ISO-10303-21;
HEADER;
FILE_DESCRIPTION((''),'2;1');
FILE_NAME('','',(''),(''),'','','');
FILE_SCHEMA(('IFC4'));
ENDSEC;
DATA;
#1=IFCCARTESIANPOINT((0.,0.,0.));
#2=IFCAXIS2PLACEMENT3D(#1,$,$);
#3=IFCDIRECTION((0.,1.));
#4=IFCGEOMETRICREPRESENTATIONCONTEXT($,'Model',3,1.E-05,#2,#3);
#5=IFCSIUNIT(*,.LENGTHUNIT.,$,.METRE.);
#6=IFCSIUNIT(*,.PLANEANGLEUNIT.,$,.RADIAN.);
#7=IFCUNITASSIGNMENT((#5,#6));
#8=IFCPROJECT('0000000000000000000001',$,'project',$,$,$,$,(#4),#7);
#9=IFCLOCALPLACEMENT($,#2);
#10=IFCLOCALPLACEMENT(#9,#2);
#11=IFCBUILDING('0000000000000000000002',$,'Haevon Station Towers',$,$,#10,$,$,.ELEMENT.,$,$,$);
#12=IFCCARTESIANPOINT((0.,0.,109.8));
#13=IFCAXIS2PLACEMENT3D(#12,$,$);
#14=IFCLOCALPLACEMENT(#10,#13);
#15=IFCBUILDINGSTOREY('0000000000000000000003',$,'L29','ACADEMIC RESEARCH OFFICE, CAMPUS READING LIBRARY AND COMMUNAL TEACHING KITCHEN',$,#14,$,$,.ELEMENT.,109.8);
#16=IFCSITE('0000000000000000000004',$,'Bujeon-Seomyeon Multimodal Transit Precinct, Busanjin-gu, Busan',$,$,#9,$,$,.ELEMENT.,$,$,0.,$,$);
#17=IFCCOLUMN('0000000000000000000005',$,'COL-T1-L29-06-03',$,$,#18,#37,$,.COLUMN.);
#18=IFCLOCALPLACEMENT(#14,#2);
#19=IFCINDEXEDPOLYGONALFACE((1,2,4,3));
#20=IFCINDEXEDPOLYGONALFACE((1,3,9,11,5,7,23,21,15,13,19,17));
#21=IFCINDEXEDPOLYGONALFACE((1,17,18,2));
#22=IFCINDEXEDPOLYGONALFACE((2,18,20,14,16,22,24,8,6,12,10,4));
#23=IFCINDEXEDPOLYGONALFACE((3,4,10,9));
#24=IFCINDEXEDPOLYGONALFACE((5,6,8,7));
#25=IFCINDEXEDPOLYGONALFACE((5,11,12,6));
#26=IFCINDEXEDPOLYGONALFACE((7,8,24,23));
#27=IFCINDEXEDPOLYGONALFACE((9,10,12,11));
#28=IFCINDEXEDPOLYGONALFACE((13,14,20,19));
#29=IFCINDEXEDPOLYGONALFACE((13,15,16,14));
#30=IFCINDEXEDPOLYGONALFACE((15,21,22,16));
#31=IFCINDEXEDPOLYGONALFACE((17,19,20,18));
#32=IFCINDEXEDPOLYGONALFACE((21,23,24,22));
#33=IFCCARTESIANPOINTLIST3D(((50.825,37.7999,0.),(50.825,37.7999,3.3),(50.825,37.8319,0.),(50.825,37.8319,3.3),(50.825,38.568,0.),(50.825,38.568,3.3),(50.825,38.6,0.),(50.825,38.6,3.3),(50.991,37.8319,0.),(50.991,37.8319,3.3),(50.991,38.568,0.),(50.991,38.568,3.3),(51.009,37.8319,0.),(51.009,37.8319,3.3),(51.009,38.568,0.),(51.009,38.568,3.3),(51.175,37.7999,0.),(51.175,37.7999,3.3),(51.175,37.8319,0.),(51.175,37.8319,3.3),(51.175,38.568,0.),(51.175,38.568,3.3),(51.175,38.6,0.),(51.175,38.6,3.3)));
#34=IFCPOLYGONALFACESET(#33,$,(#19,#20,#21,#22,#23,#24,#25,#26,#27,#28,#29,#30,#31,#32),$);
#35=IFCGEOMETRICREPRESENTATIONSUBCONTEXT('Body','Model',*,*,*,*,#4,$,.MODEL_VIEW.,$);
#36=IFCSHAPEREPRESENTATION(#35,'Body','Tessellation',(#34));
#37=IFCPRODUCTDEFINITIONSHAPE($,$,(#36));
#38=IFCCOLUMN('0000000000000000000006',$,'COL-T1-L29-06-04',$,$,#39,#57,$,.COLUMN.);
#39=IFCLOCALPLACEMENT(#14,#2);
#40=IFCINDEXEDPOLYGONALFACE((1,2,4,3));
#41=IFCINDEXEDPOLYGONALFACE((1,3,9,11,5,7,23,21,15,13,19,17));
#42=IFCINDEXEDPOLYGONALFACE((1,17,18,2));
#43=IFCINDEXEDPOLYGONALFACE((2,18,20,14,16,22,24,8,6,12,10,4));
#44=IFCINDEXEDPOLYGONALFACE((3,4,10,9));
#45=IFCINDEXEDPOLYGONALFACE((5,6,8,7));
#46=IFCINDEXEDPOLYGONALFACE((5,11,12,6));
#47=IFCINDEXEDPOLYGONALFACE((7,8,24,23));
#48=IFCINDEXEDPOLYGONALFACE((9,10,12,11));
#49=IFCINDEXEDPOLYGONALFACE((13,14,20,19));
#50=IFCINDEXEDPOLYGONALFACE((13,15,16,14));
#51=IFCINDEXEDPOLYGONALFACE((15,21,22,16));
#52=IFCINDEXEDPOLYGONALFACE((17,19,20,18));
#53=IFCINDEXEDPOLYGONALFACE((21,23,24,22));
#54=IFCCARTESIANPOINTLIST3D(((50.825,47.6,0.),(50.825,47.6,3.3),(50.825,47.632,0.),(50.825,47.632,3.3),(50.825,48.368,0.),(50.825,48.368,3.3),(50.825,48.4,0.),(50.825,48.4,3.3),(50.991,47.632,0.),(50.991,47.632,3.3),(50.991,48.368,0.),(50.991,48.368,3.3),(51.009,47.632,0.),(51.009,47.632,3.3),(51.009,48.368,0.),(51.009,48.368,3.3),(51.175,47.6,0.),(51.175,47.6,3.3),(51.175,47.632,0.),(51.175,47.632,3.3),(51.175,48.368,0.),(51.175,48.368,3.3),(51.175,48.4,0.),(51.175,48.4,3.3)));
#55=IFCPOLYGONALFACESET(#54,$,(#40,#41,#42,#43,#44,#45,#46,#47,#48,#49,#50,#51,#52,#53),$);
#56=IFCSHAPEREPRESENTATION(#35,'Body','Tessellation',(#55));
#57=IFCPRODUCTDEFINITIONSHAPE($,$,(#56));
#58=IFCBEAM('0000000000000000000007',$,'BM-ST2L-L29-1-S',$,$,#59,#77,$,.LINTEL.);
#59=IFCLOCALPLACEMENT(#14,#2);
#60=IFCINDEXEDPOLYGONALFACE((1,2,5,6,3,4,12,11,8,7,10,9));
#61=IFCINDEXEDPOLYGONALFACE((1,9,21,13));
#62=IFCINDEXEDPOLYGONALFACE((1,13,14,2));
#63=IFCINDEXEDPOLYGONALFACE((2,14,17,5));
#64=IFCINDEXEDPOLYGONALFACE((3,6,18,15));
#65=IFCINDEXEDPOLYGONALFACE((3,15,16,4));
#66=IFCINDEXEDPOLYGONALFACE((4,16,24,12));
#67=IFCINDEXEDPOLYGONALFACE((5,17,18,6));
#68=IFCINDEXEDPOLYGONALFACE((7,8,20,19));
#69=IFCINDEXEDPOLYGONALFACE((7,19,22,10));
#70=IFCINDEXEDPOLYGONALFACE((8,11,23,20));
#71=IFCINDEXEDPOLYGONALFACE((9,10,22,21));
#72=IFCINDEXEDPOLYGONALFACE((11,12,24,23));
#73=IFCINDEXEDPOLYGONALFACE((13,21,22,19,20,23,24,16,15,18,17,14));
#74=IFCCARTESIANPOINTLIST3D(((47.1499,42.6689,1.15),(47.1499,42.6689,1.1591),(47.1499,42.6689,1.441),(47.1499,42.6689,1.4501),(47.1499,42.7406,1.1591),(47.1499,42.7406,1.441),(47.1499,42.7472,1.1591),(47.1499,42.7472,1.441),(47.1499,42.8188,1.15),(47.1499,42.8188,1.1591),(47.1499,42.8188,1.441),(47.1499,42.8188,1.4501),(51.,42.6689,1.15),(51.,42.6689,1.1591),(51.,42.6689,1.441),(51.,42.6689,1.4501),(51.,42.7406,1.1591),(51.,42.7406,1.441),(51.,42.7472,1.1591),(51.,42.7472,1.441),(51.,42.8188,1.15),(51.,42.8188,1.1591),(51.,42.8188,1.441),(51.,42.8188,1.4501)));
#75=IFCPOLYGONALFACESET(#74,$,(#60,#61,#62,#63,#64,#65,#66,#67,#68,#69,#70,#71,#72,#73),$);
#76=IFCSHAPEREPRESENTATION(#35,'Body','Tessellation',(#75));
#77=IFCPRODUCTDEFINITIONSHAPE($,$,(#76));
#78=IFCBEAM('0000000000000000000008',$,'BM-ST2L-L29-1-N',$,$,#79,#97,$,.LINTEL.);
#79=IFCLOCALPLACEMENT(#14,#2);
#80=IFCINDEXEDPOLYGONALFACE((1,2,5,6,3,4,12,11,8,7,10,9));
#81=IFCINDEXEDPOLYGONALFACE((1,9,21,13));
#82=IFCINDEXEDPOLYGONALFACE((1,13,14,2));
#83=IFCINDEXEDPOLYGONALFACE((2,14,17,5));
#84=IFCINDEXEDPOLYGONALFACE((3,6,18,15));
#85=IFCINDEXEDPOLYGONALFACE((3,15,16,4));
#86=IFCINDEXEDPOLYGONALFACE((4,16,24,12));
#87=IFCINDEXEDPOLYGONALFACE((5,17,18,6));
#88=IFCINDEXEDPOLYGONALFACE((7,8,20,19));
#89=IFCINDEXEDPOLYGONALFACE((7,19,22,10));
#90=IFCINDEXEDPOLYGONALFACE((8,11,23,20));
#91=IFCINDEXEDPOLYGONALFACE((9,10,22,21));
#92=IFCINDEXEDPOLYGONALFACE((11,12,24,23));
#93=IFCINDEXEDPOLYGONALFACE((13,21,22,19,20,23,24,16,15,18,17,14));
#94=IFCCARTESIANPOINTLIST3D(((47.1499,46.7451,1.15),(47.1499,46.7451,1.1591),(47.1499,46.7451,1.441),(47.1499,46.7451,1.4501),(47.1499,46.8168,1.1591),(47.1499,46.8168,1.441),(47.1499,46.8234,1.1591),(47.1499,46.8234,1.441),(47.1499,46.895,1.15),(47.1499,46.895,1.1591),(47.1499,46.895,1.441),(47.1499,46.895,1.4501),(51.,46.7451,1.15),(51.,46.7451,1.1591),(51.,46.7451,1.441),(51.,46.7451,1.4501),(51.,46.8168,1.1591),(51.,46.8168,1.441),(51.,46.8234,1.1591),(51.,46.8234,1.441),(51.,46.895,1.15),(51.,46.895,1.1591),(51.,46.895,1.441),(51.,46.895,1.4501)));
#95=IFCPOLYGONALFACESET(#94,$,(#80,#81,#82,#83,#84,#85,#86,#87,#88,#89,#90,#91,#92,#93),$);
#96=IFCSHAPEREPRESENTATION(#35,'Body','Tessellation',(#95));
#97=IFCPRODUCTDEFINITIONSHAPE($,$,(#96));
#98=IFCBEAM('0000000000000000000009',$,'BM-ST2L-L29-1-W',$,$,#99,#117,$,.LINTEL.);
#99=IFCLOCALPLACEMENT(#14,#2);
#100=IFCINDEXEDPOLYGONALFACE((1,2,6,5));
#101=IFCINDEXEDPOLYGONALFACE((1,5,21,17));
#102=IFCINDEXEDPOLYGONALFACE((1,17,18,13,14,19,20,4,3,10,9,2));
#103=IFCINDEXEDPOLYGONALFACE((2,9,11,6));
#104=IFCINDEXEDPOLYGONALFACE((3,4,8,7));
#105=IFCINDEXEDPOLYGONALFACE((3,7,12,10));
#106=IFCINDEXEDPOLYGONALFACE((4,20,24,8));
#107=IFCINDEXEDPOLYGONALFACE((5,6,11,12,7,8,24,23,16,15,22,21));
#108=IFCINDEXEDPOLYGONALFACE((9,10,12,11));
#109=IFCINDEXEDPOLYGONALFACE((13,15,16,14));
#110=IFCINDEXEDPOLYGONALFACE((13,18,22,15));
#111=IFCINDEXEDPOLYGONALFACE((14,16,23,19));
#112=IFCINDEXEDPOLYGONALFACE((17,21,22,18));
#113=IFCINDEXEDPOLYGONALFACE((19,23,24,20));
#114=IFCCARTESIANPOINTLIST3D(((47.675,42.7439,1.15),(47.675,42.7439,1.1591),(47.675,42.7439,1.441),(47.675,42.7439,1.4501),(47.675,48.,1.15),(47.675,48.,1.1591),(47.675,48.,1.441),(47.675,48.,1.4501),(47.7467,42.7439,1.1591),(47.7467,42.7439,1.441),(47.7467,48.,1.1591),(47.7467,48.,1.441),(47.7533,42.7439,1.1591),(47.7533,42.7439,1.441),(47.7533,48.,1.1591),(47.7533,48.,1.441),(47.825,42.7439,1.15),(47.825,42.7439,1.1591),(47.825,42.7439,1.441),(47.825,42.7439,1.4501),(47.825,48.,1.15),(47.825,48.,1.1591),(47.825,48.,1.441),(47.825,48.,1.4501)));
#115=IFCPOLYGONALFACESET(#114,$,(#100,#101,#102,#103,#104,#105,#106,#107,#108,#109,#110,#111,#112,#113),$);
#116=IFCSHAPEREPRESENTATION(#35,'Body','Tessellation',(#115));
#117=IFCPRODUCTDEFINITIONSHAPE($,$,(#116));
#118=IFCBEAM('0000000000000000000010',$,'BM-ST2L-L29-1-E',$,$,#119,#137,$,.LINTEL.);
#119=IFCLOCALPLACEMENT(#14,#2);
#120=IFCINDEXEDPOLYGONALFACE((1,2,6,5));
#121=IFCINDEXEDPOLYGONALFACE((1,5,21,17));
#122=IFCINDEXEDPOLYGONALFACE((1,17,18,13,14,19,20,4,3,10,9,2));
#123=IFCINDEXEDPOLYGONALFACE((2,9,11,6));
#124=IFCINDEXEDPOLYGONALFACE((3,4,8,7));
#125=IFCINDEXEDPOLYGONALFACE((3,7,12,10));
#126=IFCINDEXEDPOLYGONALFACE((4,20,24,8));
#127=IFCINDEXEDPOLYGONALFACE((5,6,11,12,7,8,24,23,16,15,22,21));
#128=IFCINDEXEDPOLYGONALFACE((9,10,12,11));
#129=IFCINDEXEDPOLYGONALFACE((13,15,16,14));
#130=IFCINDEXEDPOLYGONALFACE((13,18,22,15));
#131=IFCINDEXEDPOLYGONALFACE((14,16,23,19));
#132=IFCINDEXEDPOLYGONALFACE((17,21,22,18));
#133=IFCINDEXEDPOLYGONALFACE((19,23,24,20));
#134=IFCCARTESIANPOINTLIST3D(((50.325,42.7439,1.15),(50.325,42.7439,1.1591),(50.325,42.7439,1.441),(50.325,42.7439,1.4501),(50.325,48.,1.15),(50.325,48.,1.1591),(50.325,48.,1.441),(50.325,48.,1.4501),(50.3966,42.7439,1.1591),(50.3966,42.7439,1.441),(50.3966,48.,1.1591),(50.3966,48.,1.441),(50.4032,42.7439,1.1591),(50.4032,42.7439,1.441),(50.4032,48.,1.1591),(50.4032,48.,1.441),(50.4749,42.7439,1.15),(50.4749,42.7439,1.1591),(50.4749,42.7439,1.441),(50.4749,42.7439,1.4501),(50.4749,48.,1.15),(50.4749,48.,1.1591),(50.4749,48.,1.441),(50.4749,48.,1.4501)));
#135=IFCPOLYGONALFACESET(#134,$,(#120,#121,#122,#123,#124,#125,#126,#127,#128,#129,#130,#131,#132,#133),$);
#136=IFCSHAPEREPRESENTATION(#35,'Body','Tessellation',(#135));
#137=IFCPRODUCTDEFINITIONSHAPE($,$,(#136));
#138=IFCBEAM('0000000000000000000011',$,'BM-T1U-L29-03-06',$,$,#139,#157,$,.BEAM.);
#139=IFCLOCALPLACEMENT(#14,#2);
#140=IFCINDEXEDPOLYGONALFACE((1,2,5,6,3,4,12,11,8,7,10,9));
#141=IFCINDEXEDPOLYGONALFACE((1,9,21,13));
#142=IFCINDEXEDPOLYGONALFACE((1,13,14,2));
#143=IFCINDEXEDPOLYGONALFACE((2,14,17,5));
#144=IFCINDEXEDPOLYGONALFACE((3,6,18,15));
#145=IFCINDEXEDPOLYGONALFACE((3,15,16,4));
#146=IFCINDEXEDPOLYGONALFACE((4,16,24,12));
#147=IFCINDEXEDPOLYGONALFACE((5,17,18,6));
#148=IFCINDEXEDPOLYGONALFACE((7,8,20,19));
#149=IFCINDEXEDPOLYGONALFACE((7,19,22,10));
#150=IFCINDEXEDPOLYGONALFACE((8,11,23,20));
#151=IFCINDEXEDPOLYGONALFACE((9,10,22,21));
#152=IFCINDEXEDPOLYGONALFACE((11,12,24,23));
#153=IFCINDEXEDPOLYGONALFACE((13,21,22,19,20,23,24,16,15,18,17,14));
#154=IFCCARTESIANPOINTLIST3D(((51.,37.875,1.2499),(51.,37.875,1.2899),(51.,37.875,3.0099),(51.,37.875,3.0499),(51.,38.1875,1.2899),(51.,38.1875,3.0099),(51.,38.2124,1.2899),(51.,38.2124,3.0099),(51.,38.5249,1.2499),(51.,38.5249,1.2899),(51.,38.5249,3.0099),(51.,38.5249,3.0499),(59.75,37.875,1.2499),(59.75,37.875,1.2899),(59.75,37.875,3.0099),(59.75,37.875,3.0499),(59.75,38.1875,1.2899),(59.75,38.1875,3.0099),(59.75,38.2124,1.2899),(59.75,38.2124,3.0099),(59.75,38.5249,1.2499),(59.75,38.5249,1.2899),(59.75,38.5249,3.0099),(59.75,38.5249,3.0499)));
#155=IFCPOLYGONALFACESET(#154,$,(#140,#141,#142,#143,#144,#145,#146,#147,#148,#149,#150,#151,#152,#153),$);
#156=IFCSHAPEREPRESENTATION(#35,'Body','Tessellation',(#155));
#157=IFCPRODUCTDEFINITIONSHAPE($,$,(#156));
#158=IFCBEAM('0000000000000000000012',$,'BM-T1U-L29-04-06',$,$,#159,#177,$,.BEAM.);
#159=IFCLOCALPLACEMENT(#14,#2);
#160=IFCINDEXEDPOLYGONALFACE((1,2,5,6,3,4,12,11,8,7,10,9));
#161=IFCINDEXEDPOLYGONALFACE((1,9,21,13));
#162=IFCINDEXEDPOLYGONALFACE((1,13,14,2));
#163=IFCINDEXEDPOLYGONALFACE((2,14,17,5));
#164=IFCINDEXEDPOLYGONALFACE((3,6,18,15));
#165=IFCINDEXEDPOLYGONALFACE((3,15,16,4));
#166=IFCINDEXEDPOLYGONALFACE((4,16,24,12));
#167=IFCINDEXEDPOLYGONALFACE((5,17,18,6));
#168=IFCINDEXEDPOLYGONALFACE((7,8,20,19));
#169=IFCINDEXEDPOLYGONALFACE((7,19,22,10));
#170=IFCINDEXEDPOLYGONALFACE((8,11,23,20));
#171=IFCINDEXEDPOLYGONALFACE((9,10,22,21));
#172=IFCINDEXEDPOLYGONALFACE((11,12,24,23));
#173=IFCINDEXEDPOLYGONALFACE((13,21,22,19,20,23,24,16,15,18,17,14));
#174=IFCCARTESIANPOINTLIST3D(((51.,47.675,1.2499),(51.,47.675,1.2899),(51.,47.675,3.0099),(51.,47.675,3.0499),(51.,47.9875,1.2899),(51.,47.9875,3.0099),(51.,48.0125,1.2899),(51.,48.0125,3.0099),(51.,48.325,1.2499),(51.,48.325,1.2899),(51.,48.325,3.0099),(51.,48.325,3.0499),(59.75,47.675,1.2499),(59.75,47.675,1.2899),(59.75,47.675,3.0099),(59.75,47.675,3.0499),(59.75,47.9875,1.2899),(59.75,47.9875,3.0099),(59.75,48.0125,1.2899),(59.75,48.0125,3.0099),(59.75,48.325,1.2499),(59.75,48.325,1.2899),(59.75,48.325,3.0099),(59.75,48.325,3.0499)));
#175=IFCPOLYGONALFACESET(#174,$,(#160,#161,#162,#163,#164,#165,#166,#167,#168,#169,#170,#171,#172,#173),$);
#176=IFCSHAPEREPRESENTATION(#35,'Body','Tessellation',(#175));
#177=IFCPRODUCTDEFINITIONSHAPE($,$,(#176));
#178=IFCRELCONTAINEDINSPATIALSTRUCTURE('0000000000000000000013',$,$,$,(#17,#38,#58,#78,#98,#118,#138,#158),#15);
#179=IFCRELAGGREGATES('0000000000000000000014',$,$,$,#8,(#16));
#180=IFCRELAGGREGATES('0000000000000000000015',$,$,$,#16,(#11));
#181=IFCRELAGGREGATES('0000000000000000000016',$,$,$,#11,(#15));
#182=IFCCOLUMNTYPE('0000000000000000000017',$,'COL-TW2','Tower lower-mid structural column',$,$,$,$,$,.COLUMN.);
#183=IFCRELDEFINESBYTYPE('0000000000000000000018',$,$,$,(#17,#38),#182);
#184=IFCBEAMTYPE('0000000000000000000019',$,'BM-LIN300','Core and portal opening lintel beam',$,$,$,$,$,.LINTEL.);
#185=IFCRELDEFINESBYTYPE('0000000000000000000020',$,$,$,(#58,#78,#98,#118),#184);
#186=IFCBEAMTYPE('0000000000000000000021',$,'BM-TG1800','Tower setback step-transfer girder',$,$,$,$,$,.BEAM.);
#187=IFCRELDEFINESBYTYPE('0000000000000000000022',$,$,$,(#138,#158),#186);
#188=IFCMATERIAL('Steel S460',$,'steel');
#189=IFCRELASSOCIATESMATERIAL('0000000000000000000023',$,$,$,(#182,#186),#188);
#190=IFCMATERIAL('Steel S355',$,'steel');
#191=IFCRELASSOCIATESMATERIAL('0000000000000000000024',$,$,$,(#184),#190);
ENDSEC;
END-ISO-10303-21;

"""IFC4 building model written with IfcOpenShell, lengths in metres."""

from ifc_helpers import new_model, si_unit, direction, frame, origin, origin_2d, place, context, subcontext, project, spatial, i_section, extrude, material, material_profile, profile_set, type_object, element, save


model = new_model("IFC4")

# Units and contexts
model_context = context("Model", 3, precision=1e-05, world=origin(), true_north=direction((0.0, 1.0)))
body_context = subcontext(model_context, "Body", "Model", "MODEL_VIEW")
ifc_project = project(units=[si_unit("LENGTHUNIT", "METRE"), si_unit("PLANEANGLEUNIT", "RADIAN")], contexts=[model_context])

# Site, building, storey
site_placement = place(None, origin())
site = spatial("IfcSite", under=ifc_project, at=site_placement, Name="Bujeon-Seomyeon Multimodal Transit Precinct, Busanjin-gu, Busan", CompositionType="ELEMENT", RefElevation=0.0)
building_placement = place(site_placement, origin())
building = spatial("IfcBuilding", under=site, at=building_placement, Name="Haevon Station Towers", CompositionType="ELEMENT")
storey_placement = place(building_placement, frame((0.0, 0.0, 109.8)))
storey = spatial("IfcBuildingStorey", under=building, at=storey_placement, Name="L29", Description="ACADEMIC RESEARCH OFFICE, CAMPUS READING LIBRARY AND COMMUNAL TEACHING KITCHEN", CompositionType="ELEMENT", Elevation=109.8)

# Columns
ifc_material_1 = material(Name="Steel S460", Category="steel")
ifc_material_profile_1 = material_profile(ifc_material_1, i_section(OverallWidth=0.3501, OverallDepth=0.8, WebThickness=0.0181, FlangeThickness=0.032, at=origin_2d()), Name="H-800x350x18x32")
ifc_profile_set_1 = profile_set([ifc_material_profile_1], Name="Steel S460")
column_type = type_object("IfcColumnType", Name="COL-TW2", Description="Tower lower-mid structural column", PredefinedType="COLUMN", material=ifc_profile_set_1)
for number, where, z_axis, x_axis, name in (
    (1, (51.0, 38.2, 0.0), (0.0, 0.0, 1.0), (1.0, 0.0, 0.0), "COL-T1-L29-06-03"),
    (2, (51.0, 48.0, 0.0), (0.0, 0.0, 1.0), (1.0, 0.0, 0.0), "COL-T1-L29-06-04"),
):
    element("IfcColumn", number, at=place(storey_placement, frame(where, z_axis=z_axis, x_axis=x_axis)), inside=storey, type_object=column_type, Name=name, PredefinedType="COLUMN", context=body_context, shape_type="SweptSolid", body=[
        extrude(i_section(OverallWidth=0.3501, OverallDepth=0.8, WebThickness=0.0181, FlangeThickness=0.032, at=origin_2d()), origin(), (0.0, 0.0, 1.0), 3.3),
    ])

# Beams
ifc_material_2 = material(Name="Steel S355", Category="steel")
ifc_material_profile_2 = material_profile(ifc_material_2, i_section(OverallWidth=0.1499, OverallDepth=0.3, WebThickness=0.0066, FlangeThickness=0.009, at=origin_2d()), Name="H-300x150x6.5x9")
ifc_profile_set_2 = profile_set([ifc_material_profile_2], Name="Steel S355")
beam_type_1 = type_object("IfcBeamType", Name="BM-LIN300", Description="Core and portal opening lintel beam", PredefinedType="LINTEL", material=ifc_profile_set_2)
for number, where, z_axis, x_axis, name in (
    (3, (47.1499, 42.7439, 1.3), (1.0, 0.0, 0.0), (0.0, 1.0, 0.0), "BM-ST2L-L29-1-S"),
    (4, (47.1499, 46.8201, 1.3), (1.0, 0.0, 0.0), (0.0, 1.0, 0.0), "BM-ST2L-L29-1-N"),
):
    element("IfcBeam", number, at=place(storey_placement, frame(where, z_axis=z_axis, x_axis=x_axis)), inside=storey, type_object=beam_type_1, Name=name, PredefinedType="LINTEL", context=body_context, shape_type="SweptSolid", body=[
        extrude(i_section(OverallWidth=0.1499, OverallDepth=0.3, WebThickness=0.0066, FlangeThickness=0.009, at=origin_2d()), origin(), (0.0, 0.0, 1.0), 3.8501),
    ])
for number, where, z_axis, x_axis, name in (
    (5, (47.75, 42.7439, 1.3), (0.0, 1.0, 0.0), (-1.0, 0.0, 0.0), "BM-ST2L-L29-1-W"),
    (6, (50.3999, 42.7439, 1.3), (0.0, 1.0, 0.0), (-1.0, 0.0, 0.0), "BM-ST2L-L29-1-E"),
):
    element("IfcBeam", number, at=place(storey_placement, frame(where, z_axis=z_axis, x_axis=x_axis)), inside=storey, type_object=beam_type_1, Name=name, PredefinedType="LINTEL", context=body_context, shape_type="SweptSolid", body=[
        extrude(i_section(OverallWidth=0.1499, OverallDepth=0.3, WebThickness=0.0066, FlangeThickness=0.009, at=origin_2d()), origin(), (0.0, 0.0, 1.0), 5.2561),
    ])
ifc_material_profile_3 = material_profile(ifc_material_1, i_section(OverallWidth=0.6499, OverallDepth=1.8, WebThickness=0.0249, FlangeThickness=0.04, at=origin_2d()), Name="H-1800x650x25x40")
ifc_profile_set_3 = profile_set([ifc_material_profile_3], Name="Steel S460")
beam_type_2 = type_object("IfcBeamType", Name="BM-TG1800", Description="Tower setback step-transfer girder", PredefinedType="BEAM", material=ifc_profile_set_3)
for number, where, z_axis, x_axis, name in (
    (7, (51.0, 38.2, 2.1499), (1.0, 0.0, 0.0), (0.0, 1.0, 0.0), "BM-T1U-L29-03-06"),
    (8, (51.0, 48.0, 2.1499), (1.0, 0.0, 0.0), (0.0, 1.0, 0.0), "BM-T1U-L29-04-06"),
):
    element("IfcBeam", number, at=place(storey_placement, frame(where, z_axis=z_axis, x_axis=x_axis)), inside=storey, type_object=beam_type_2, Name=name, PredefinedType="BEAM", context=body_context, shape_type="SweptSolid", body=[
        extrude(i_section(OverallWidth=0.6499, OverallDepth=1.8, WebThickness=0.0249, FlangeThickness=0.04, at=origin_2d()), origin(), (0.0, 0.0, 1.0), 8.75),
    ])

save(model, "model.ifc")
